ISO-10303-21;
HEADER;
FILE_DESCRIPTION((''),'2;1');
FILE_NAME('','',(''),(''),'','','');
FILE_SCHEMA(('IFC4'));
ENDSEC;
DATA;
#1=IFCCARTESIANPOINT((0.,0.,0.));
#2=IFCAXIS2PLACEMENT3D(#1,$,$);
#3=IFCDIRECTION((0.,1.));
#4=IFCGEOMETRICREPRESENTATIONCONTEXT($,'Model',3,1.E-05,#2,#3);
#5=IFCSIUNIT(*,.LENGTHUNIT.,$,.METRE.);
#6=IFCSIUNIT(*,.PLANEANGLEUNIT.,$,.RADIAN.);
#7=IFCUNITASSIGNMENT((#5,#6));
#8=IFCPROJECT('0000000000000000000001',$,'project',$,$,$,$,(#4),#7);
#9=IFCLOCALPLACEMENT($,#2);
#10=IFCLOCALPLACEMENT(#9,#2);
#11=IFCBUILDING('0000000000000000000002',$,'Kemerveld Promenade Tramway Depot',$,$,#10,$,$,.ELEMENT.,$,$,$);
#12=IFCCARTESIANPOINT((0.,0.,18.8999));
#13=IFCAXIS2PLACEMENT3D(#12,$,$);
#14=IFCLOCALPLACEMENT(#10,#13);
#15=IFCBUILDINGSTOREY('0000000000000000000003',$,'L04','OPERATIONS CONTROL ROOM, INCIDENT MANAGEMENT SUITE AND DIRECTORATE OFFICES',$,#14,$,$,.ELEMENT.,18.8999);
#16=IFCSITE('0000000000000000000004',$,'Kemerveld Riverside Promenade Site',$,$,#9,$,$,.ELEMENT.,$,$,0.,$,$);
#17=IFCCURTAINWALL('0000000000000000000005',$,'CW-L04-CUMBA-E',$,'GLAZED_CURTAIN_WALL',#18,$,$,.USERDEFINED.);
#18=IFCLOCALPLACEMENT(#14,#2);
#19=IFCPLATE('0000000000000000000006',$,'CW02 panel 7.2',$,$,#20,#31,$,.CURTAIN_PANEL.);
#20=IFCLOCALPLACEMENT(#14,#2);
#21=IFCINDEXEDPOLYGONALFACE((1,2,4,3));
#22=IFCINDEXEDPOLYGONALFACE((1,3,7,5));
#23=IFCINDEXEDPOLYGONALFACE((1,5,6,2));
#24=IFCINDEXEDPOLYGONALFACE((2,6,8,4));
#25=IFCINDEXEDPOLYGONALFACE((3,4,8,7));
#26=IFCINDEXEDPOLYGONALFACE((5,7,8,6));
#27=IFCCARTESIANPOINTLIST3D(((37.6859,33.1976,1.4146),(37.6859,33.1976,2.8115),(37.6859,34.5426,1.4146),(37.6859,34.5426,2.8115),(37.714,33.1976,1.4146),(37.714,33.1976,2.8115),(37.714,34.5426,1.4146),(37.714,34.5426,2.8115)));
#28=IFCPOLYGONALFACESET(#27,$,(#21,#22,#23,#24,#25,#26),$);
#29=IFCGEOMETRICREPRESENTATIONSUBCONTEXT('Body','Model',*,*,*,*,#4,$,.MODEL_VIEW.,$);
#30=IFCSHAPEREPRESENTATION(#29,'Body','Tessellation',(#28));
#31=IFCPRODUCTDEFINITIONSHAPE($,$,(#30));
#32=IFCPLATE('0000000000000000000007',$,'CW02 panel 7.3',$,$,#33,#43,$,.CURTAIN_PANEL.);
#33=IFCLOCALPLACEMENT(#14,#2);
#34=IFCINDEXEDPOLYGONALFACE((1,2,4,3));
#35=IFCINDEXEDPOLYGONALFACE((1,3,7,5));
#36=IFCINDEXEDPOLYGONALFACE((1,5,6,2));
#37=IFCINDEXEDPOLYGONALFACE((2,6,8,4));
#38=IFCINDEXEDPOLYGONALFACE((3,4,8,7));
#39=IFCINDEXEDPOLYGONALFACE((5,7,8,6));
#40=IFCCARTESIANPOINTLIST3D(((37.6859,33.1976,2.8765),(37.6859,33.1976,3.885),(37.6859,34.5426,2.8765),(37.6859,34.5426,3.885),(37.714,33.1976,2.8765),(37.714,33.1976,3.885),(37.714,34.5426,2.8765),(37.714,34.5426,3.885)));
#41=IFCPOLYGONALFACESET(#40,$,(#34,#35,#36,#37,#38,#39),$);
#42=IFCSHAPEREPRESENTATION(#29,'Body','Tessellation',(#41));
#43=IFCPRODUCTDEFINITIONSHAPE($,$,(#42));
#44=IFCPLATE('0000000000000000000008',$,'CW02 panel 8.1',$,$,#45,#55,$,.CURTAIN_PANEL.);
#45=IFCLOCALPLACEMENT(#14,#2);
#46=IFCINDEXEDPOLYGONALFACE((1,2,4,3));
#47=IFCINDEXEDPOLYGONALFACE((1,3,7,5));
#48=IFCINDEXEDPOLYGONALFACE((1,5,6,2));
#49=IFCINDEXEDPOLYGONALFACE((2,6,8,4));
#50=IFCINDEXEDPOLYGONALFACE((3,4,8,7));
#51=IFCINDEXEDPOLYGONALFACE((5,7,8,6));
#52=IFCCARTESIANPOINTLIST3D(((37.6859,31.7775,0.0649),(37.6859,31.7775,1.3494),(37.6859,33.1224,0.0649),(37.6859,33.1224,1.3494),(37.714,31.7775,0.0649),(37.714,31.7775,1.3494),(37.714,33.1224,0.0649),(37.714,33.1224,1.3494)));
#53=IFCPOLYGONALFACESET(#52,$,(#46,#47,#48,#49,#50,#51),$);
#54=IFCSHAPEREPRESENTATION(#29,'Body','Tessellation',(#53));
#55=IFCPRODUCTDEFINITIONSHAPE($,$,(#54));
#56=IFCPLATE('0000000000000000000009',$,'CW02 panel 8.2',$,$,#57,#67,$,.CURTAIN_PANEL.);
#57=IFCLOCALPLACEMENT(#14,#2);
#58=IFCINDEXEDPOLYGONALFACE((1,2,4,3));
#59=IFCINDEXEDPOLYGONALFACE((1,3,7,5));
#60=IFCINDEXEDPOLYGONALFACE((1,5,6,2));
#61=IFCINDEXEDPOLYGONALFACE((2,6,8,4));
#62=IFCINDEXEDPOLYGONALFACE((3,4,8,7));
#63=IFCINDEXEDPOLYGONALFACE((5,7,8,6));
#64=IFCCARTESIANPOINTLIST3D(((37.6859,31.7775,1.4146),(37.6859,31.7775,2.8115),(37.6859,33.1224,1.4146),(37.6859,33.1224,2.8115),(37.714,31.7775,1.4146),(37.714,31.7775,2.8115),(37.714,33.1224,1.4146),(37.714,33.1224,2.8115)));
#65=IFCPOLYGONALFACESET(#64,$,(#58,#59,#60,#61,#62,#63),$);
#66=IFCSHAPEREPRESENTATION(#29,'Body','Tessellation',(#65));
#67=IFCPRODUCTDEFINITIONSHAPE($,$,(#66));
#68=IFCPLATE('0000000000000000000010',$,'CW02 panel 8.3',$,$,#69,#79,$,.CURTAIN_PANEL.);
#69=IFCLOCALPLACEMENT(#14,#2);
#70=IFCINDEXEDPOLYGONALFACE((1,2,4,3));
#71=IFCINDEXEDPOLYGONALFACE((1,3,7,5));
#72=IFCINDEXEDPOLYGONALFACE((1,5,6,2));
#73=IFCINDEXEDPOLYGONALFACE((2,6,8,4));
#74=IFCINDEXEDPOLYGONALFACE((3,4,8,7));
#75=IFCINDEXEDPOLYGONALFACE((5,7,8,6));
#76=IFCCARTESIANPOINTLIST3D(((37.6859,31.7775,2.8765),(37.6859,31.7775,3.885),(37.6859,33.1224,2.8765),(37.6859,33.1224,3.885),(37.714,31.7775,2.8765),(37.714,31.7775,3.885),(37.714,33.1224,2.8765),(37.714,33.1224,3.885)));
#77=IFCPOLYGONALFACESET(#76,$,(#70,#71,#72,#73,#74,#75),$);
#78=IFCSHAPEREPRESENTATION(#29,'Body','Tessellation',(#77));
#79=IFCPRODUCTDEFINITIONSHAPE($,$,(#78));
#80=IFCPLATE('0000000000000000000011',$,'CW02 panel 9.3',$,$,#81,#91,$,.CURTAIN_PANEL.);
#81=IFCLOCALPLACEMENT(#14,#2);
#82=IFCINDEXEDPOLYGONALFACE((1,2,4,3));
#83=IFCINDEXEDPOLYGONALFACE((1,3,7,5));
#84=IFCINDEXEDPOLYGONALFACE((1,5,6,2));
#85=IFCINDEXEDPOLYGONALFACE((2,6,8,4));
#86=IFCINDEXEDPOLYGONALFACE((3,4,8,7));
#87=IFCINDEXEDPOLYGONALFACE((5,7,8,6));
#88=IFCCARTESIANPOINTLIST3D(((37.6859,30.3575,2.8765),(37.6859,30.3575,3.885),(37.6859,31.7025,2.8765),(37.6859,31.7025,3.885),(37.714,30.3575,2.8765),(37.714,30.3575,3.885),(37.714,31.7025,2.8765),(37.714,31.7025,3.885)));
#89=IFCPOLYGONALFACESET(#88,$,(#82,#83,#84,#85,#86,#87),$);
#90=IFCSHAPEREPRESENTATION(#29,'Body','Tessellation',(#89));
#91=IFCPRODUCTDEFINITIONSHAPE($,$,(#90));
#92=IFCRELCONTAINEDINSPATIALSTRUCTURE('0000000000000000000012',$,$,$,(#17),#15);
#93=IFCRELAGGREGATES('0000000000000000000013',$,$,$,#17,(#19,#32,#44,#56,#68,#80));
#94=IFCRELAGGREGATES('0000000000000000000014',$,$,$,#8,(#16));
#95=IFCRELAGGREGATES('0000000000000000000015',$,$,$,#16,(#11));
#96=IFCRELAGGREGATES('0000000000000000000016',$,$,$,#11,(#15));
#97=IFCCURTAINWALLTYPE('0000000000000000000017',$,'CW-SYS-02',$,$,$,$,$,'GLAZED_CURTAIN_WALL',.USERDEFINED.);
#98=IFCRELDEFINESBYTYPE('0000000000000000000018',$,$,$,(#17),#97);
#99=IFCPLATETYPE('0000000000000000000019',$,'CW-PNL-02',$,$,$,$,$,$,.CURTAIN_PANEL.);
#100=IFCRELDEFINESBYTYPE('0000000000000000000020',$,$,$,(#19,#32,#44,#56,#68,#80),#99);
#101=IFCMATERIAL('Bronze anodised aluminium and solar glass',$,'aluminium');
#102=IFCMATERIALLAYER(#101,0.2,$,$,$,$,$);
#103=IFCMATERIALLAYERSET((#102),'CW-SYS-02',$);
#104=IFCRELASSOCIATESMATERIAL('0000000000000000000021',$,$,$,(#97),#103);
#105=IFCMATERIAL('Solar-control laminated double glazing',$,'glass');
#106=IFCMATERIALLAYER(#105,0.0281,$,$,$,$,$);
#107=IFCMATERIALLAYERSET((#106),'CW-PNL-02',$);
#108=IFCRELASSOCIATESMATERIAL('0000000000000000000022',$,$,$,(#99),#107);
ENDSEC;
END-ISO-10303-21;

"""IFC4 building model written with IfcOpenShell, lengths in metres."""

from ifc_helpers import new_model, si_unit, direction, frame, origin, origin_2d, place, context, subcontext, project, spatial, rectangle, extrude, material, layer, layer_set, type_object, element, aggregate, save


model = new_model("IFC4")

# Units and contexts
model_context = context("Model", 3, precision=1e-05, world=origin(), true_north=direction((0.0, 1.0)))
body_context = subcontext(model_context, "Body", "Model", "MODEL_VIEW")
ifc_project = project(units=[si_unit("LENGTHUNIT", "METRE"), si_unit("PLANEANGLEUNIT", "RADIAN")], contexts=[model_context])

# Site, building, storey
site_placement = place(None, origin())
site = spatial("IfcSite", under=ifc_project, at=site_placement, Name="Kemerveld Riverside Promenade Site", CompositionType="ELEMENT", RefElevation=0.0)
building_placement = place(site_placement, origin())
building = spatial("IfcBuilding", under=site, at=building_placement, Name="Kemerveld Promenade Tramway Depot", CompositionType="ELEMENT")
storey_placement = place(building_placement, frame((0.0, 0.0, 18.8999)))
storey = spatial("IfcBuildingStorey", under=building, at=storey_placement, Name="L04", Description="OPERATIONS CONTROL ROOM, INCIDENT MANAGEMENT SUITE AND DIRECTORATE OFFICES", CompositionType="ELEMENT", Elevation=18.8999)

# Curtain wall, plates
ifc_material_1 = material(Name="Bronze anodised aluminium and solar glass", Category="aluminium")
ifc_layer_1 = layer(ifc_material_1, 0.2)
ifc_layer_set_1 = layer_set([ifc_layer_1], Name="CW-SYS-02")
curtain_wall_type = type_object("IfcCurtainWallType", Name="CW-SYS-02", ElementType="GLAZED_CURTAIN_WALL", PredefinedType="USERDEFINED", material=ifc_layer_set_1)
curtain_wall_placement = place(storey_placement, origin())
curtain_wall = element("IfcCurtainWall", 1, at=curtain_wall_placement, inside=storey, type_object=curtain_wall_type, Name="CW-L04-CUMBA-E", ObjectType="GLAZED_CURTAIN_WALL", PredefinedType="USERDEFINED")
ifc_material_2 = material(Name="Solar-control laminated double glazing", Category="glass")
ifc_layer_2 = layer(ifc_material_2, 0.0281)
ifc_layer_set_2 = layer_set([ifc_layer_2], Name="CW-PNL-02")
plate_type = type_object("IfcPlateType", Name="CW-PNL-02", PredefinedType="CURTAIN_PANEL", material=ifc_layer_set_2)
plate_1_placement = place(storey_placement, frame((37.7, 33.8701, 1.4146), z_axis=(0.0, 0.0, 1.0), x_axis=(0.0, -1.0, 0.0)))
plate_1 = element("IfcPlate", 2, at=plate_1_placement, type_object=plate_type, Name="CW02 panel 7.2", PredefinedType="CURTAIN_PANEL", context=body_context, shape_type="SweptSolid", body=[
    extrude(rectangle(XDim=1.345, YDim=0.0281, at=origin_2d()), origin(), (0.0, 0.0, 1.0), 1.397),
])
plate_2_placement = place(storey_placement, frame((37.7, 33.8701, 2.8765), z_axis=(0.0, 0.0, 1.0), x_axis=(0.0, -1.0, 0.0)))
plate_2 = element("IfcPlate", 3, at=plate_2_placement, type_object=plate_type, Name="CW02 panel 7.3", PredefinedType="CURTAIN_PANEL", context=body_context, shape_type="SweptSolid", body=[
    extrude(rectangle(XDim=1.345, YDim=0.0281, at=origin_2d()), origin(), (0.0, 0.0, 1.0), 1.0085),
])
plate_3_placement = place(storey_placement, frame((37.7, 32.45, 0.0649), z_axis=(0.0, 0.0, 1.0), x_axis=(0.0, -1.0, 0.0)))
plate_3 = element("IfcPlate", 4, at=plate_3_placement, type_object=plate_type, Name="CW02 panel 8.1", PredefinedType="CURTAIN_PANEL", context=body_context, shape_type="SweptSolid", body=[
    extrude(rectangle(XDim=1.345, YDim=0.0281, at=origin_2d()), origin(), (0.0, 0.0, 1.0), 1.2844),
])
plate_4_placement = place(storey_placement, frame((37.7, 32.45, 1.4146), z_axis=(0.0, 0.0, 1.0), x_axis=(0.0, -1.0, 0.0)))
plate_4 = element("IfcPlate", 5, at=plate_4_placement, type_object=plate_type, Name="CW02 panel 8.2", PredefinedType="CURTAIN_PANEL", context=body_context, shape_type="SweptSolid", body=[
    extrude(rectangle(XDim=1.345, YDim=0.0281, at=origin_2d()), origin(), (0.0, 0.0, 1.0), 1.397),
])
plate_5_placement = place(storey_placement, frame((37.7, 32.45, 2.8765), z_axis=(0.0, 0.0, 1.0), x_axis=(0.0, -1.0, 0.0)))
plate_5 = element("IfcPlate", 6, at=plate_5_placement, type_object=plate_type, Name="CW02 panel 8.3", PredefinedType="CURTAIN_PANEL", context=body_context, shape_type="SweptSolid", body=[
    extrude(rectangle(XDim=1.345, YDim=0.0281, at=origin_2d()), origin(), (0.0, 0.0, 1.0), 1.0085),
])
plate_6_placement = place(storey_placement, frame((37.7, 31.03, 2.8765), z_axis=(0.0, 0.0, 1.0), x_axis=(0.0, -1.0, 0.0)))
plate_6 = element("IfcPlate", 7, at=plate_6_placement, type_object=plate_type, Name="CW02 panel 9.3", PredefinedType="CURTAIN_PANEL", context=body_context, shape_type="SweptSolid", body=[
    extrude(rectangle(XDim=1.345, YDim=0.0281, at=origin_2d()), origin(), (0.0, 0.0, 1.0), 1.0085),
])
aggregate(curtain_wall, [plate_1, plate_2, plate_3, plate_4, plate_5, plate_6])

save(model, "model.ifc")
